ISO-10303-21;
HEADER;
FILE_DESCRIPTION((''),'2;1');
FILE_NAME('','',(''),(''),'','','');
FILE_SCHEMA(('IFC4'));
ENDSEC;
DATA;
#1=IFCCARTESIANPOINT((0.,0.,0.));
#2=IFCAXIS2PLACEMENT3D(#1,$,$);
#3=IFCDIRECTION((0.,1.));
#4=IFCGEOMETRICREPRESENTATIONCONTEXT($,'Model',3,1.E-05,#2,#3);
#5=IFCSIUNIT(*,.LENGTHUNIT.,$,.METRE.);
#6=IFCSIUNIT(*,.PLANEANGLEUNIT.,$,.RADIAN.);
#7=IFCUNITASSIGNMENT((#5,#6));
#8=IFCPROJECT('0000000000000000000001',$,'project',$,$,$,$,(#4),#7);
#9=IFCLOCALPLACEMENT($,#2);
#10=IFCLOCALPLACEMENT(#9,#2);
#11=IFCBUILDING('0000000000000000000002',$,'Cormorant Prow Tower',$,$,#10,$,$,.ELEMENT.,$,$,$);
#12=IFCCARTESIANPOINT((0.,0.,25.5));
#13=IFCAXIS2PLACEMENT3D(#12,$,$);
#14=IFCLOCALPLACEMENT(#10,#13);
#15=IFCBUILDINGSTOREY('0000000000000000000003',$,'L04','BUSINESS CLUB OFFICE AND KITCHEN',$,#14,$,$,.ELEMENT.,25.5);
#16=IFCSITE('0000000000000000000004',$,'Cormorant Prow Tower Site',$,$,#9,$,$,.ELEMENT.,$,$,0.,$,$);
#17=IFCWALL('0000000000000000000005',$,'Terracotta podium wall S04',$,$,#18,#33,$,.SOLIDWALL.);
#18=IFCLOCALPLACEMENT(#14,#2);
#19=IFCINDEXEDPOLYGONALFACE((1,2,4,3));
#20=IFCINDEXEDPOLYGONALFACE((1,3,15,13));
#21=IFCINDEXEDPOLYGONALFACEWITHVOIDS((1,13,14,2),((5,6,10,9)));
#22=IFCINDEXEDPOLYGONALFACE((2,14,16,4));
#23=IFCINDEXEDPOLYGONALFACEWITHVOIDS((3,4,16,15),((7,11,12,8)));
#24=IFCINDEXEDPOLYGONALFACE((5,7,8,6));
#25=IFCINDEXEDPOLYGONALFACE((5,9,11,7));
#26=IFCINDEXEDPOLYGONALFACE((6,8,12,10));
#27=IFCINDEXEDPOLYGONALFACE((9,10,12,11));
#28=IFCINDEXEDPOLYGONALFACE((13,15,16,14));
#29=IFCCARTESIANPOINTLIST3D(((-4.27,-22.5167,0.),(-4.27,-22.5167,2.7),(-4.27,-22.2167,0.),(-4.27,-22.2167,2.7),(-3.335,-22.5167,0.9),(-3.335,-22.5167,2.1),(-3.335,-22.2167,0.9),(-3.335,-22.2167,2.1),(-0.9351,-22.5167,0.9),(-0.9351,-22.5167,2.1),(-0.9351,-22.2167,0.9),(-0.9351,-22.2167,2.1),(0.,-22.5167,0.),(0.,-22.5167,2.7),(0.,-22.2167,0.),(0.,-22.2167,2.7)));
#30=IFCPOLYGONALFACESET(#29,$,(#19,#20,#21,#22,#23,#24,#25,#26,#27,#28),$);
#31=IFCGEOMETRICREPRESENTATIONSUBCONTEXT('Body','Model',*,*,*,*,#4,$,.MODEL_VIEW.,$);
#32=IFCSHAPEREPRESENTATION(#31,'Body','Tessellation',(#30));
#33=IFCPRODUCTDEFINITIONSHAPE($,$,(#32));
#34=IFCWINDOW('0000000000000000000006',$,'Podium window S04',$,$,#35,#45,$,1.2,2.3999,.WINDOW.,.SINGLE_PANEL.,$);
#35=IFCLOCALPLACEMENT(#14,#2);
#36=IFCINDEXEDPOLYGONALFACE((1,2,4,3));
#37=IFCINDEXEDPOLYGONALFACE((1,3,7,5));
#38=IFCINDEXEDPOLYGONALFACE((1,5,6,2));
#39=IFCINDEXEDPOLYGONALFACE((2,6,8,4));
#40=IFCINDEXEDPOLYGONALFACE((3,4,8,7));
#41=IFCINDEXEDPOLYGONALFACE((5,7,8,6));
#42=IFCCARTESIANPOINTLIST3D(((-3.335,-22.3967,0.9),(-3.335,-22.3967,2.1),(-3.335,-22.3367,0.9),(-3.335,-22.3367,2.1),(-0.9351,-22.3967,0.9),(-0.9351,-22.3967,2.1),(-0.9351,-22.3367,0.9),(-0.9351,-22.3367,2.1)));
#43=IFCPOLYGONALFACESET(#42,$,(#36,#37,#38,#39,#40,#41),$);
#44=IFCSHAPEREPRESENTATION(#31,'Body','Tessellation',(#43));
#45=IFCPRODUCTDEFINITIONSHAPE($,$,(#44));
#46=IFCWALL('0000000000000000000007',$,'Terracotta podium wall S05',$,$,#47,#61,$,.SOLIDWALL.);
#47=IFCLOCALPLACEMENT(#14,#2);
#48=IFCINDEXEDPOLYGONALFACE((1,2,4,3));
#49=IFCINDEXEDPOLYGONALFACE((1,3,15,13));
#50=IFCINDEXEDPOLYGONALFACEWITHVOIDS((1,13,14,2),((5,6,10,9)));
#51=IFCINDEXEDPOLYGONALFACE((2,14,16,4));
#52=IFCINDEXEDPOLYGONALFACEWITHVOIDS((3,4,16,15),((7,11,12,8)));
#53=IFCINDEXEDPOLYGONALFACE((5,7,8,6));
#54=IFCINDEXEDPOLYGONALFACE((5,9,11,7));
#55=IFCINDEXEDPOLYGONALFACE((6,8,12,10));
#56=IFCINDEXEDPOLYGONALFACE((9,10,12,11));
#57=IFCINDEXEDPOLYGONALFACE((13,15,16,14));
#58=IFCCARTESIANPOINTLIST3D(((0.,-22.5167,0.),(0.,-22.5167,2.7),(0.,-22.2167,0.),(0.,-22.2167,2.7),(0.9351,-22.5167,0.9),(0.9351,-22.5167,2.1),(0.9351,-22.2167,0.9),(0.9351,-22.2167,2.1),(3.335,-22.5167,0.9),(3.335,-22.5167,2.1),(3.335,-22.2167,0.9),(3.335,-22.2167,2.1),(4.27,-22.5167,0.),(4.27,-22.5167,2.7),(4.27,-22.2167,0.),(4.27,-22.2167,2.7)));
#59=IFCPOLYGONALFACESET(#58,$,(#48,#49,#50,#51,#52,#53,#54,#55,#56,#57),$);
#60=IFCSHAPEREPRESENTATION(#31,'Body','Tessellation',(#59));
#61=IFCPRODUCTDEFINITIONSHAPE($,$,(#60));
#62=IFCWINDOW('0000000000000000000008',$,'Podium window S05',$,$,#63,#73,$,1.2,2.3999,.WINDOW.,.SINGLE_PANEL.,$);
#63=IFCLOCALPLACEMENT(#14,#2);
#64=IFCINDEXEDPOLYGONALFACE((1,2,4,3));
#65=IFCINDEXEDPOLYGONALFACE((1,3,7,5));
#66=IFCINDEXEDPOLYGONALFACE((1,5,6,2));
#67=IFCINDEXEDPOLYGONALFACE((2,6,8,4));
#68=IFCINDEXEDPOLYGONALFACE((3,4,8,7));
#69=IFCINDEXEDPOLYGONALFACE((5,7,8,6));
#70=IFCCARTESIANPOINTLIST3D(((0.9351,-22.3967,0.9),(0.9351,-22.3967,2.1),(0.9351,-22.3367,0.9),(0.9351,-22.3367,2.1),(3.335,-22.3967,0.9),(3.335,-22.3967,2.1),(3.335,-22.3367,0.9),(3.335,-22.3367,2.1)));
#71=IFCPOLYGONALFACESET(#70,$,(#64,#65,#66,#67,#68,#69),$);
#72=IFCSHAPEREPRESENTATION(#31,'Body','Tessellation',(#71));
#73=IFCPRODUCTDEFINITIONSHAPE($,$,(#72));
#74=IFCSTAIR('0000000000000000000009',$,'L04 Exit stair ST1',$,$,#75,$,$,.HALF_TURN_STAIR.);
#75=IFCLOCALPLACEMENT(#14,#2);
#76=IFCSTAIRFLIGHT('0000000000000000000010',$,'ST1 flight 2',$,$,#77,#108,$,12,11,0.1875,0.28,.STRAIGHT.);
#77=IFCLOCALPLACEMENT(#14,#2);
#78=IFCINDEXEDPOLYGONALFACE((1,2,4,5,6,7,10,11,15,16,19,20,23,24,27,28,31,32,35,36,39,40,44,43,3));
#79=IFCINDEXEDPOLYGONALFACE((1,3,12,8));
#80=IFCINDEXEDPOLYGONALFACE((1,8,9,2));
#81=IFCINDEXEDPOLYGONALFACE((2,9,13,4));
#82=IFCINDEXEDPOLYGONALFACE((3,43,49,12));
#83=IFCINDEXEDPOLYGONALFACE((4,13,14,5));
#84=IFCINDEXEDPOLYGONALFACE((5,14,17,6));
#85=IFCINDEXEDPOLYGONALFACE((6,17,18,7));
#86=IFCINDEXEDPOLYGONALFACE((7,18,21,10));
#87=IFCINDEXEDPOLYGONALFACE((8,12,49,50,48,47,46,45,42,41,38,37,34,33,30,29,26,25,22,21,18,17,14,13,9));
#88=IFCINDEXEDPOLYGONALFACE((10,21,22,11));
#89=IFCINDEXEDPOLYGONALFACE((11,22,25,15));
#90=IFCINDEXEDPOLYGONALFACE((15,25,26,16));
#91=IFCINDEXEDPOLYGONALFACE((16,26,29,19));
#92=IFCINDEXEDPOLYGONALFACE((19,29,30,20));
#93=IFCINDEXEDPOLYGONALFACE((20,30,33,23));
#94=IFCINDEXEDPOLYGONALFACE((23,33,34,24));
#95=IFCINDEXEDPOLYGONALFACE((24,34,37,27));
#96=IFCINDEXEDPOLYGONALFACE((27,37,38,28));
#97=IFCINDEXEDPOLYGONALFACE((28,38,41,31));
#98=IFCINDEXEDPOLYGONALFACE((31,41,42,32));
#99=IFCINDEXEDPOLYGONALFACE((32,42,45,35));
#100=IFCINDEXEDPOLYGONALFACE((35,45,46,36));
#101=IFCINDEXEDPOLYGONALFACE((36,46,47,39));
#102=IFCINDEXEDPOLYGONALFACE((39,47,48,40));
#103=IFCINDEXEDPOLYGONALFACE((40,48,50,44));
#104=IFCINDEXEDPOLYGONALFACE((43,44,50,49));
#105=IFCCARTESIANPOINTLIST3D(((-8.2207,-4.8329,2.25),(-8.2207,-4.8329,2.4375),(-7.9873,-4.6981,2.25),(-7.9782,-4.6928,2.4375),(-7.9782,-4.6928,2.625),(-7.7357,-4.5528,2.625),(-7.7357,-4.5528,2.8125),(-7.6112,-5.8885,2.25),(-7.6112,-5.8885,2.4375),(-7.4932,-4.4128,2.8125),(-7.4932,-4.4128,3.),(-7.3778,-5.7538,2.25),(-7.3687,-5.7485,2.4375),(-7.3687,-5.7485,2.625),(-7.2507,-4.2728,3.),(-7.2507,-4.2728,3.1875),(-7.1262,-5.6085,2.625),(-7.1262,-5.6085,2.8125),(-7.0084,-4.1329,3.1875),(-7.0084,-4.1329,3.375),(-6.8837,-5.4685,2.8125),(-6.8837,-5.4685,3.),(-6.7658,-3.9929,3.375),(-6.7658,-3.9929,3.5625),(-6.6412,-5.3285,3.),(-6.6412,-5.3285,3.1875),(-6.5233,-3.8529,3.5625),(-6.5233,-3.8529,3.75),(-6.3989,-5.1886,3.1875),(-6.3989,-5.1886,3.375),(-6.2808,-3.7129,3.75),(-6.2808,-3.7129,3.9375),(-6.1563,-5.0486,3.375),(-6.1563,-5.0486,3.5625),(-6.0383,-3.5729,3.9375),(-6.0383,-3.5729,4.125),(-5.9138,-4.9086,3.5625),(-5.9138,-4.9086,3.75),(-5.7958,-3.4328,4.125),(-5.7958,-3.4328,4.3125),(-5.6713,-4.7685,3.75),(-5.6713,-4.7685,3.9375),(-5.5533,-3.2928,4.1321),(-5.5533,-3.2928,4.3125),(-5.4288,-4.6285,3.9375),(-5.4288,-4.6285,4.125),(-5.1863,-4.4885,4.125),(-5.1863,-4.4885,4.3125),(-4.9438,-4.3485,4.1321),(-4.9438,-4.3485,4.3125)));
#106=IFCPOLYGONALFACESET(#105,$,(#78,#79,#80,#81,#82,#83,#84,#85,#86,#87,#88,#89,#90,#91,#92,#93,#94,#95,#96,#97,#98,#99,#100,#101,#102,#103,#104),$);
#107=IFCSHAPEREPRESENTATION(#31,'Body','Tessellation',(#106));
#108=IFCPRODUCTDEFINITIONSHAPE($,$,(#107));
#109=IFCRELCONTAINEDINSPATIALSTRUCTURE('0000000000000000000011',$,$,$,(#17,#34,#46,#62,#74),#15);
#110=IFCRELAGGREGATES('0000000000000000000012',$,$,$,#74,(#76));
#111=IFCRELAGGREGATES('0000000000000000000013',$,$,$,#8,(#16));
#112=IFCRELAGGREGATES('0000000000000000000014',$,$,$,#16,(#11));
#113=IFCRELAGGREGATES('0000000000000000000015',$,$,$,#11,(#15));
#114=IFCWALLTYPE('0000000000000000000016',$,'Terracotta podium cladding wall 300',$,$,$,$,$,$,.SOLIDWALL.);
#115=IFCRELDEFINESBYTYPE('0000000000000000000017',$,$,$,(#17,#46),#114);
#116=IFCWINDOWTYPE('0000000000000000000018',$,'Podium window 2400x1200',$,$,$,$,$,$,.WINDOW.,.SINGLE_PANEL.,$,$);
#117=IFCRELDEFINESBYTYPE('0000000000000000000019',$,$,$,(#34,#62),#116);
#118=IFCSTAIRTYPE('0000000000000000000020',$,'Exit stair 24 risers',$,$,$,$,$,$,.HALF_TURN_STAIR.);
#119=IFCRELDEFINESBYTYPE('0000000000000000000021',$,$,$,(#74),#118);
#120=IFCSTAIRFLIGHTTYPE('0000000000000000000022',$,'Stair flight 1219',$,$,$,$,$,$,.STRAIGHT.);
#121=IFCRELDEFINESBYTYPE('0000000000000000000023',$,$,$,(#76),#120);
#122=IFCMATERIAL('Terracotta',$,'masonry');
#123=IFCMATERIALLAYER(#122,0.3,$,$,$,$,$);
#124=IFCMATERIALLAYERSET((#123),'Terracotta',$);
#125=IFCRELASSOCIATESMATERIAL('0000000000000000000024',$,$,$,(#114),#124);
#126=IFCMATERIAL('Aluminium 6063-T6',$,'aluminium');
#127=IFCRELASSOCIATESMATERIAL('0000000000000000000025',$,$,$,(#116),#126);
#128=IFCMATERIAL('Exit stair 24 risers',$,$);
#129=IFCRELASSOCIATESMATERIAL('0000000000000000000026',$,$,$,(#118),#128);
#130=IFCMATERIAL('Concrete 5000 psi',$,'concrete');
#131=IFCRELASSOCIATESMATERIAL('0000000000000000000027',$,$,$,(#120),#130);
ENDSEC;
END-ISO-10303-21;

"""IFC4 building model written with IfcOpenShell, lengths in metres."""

from ifc_helpers import new_model, si_unit, direction, frame, frame_2d, origin, place, context, subcontext, project, spatial, polyline, rectangle, outline, extrude, material, layer, layer_set, type_object, element, fill, aggregate, save


model = new_model("IFC4")

# Units and contexts
model_context = context("Model", 3, precision=1e-05, world=origin(), true_north=direction((0.0, 1.0)))
body_context = subcontext(model_context, "Body", "Model", "MODEL_VIEW")
ifc_project = project(units=[si_unit("LENGTHUNIT", "METRE"), si_unit("PLANEANGLEUNIT", "RADIAN")], contexts=[model_context])

# Site, building, storey
site_placement = place(None, origin())
site = spatial("IfcSite", under=ifc_project, at=site_placement, Name="Cormorant Prow Tower Site", CompositionType="ELEMENT", RefElevation=0.0)
building_placement = place(site_placement, origin())
building = spatial("IfcBuilding", under=site, at=building_placement, Name="Cormorant Prow Tower", CompositionType="ELEMENT")
storey_placement = place(building_placement, frame((0.0, 0.0, 25.5)))
storey = spatial("IfcBuildingStorey", under=building, at=storey_placement, Name="L04", Description="BUSINESS CLUB OFFICE AND KITCHEN", CompositionType="ELEMENT", Elevation=25.5)

# Walls, openings, windows
ifc_material_1 = material(Name="Terracotta", Category="masonry")
ifc_layer_1 = layer(ifc_material_1, 0.3)
ifc_layer_set_1 = layer_set([ifc_layer_1], Name="Terracotta")
wall_type_1 = type_object("IfcWallType", Name="Terracotta podium cladding wall 300", PredefinedType="SOLIDWALL", material=ifc_layer_set_1)
ifc_material_2 = material(Name="Aluminium 6063-T6", Category="aluminium")
window_type = type_object("IfcWindowType", Name="Podium window 2400x1200", PartitioningType="SINGLE_PANEL", PredefinedType="WINDOW", material=ifc_material_2)
wall_1_placement = place(storey_placement, frame((-4.27, -22.3667, 0.0), z_axis=(0.0, 0.0, 1.0), x_axis=(1.0, 0.0, 0.0)))
wall_1 = element("IfcWall", 1, at=wall_1_placement, inside=storey, type_object=wall_type_1, Name="Terracotta podium wall S04", PredefinedType="SOLIDWALL", context=body_context, shape_type="SweptSolid", body=[
    extrude(rectangle(XDim=4.27, YDim=0.3, at=frame_2d((2.135, 0.0))), origin(), (0.0, 0.0, 1.0), 2.7),
])
opening_1_placement = place(wall_1_placement, frame((0.9351, 0.0, 0.8999)))
opening_1 = element("IfcOpeningElement", 2, at=opening_1_placement, cuts=wall_1, PredefinedType="OPENING", context=body_context, shape_type="SweptSolid", body=[
    extrude(rectangle(XDim=2.3999, YDim=1.2, at=frame_2d((1.2, 0.6001))), frame((0.0, 0.1599, 0.0), z_axis=(0.0, -1.0, 0.0), x_axis=(1.0, 0.0, 0.0)), (0.0, 0.0, 1.0), 0.3201),
])
window_1_placement = place(opening_1_placement, origin())
window_1 = element("IfcWindow", 3, at=window_1_placement, inside=storey, type_object=window_type, Name="Podium window S04", OverallHeight=1.2, OverallWidth=2.3999, PartitioningType="SINGLE_PANEL", PredefinedType="WINDOW", context=body_context, shape_type="SweptSolid", body=[
    extrude(rectangle(XDim=2.3999, YDim=1.2, at=frame_2d((1.2, 0.6001))), frame((0.0, 0.03, 0.0), z_axis=(0.0, -1.0, 0.0), x_axis=(1.0, 0.0, 0.0)), (0.0, 0.0, 1.0), 0.0601),
])
fill(opening_1, window_1)
wall_2_placement = place(storey_placement, frame((0.0, -22.3667, 0.0), z_axis=(0.0, 0.0, 1.0), x_axis=(1.0, 0.0, 0.0)))
wall_2 = element("IfcWall", 4, at=wall_2_placement, inside=storey, type_object=wall_type_1, Name="Terracotta podium wall S05", PredefinedType="SOLIDWALL", context=body_context, shape_type="SweptSolid", body=[
    extrude(rectangle(XDim=4.27, YDim=0.3, at=frame_2d((2.135, 0.0))), origin(), (0.0, 0.0, 1.0), 2.7),
])
opening_2_placement = place(wall_2_placement, frame((0.9351, 0.0, 0.8999)))
opening_2 = element("IfcOpeningElement", 5, at=opening_2_placement, cuts=wall_2, PredefinedType="OPENING", context=body_context, shape_type="SweptSolid", body=[
    extrude(rectangle(XDim=2.3999, YDim=1.2, at=frame_2d((1.2, 0.6001))), frame((0.0, 0.1599, 0.0), z_axis=(0.0, -1.0, 0.0), x_axis=(1.0, 0.0, 0.0)), (0.0, 0.0, 1.0), 0.3201),
])
window_2_placement = place(opening_2_placement, origin())
window_2 = element("IfcWindow", 6, at=window_2_placement, inside=storey, type_object=window_type, Name="Podium window S05", OverallHeight=1.2, OverallWidth=2.3999, PartitioningType="SINGLE_PANEL", PredefinedType="WINDOW", context=body_context, shape_type="SweptSolid", body=[
    extrude(rectangle(XDim=2.3999, YDim=1.2, at=frame_2d((1.2, 0.6001))), frame((0.0, 0.03, 0.0), z_axis=(0.0, -1.0, 0.0), x_axis=(1.0, 0.0, 0.0)), (0.0, 0.0, 1.0), 0.0601),
])
fill(opening_2, window_2)

# Stair, stair flight
ifc_material_3 = material(Name="Exit stair 24 risers")
stair_type = type_object("IfcStairType", Name="Exit stair 24 risers", PredefinedType="HALF_TURN_STAIR", material=ifc_material_3)
stair_placement = place(storey_placement, origin())
stair = element("IfcStair", 7, at=stair_placement, inside=storey, type_object=stair_type, Name="L04 Exit stair ST1", PredefinedType="HALF_TURN_STAIR")
ifc_material_4 = material(Name="Concrete 5000 psi", Category="concrete")
stair_flight_type = type_object("IfcStairFlightType", Name="Stair flight 1219", PredefinedType="STRAIGHT", material=ifc_material_4)
stair_flight_placement = place(storey_placement, frame((-7.916, -5.3606, 2.25), z_axis=(0.0, 0.0, 1.0), x_axis=(0.866025, 0.5, 0.0)))
stair_flight = element("IfcStairFlight", 8, at=stair_flight_placement, type_object=stair_flight_type, Name="ST1 flight 2", NumberOfRisers=12, NumberOfTreads=11, PredefinedType="STRAIGHT", RiserHeight=0.1875, TreadLength=0.28, context=body_context, shape_type="SweptSolid", body=[
    extrude(outline(polyline([(0.0, 0.0), (0.0, 0.1875), (0.28, 0.1875), (0.28, 0.375), (0.5601, 0.375), (0.5601, 0.5625), (0.8401, 0.5625), (0.8401, 0.75), (1.1201, 0.75), (1.1201, 0.9375), (1.3999, 0.9375), (1.3999, 1.125), (1.6799, 1.125), (1.6799, 1.3125), (1.96, 1.3125), (1.96, 1.5), (2.24, 1.5), (2.24, 1.6875), (2.52, 1.6875), (2.52, 1.875), (2.8, 1.875), (2.8, 2.0625), (3.0801, 2.0625), (3.0801, 2.25), (3.0801, 1.8821), (0.2695, 0.0), (0.0, 0.0)])), frame((0.0, 0.6094, 0.0), z_axis=(0.0, -1.0, 0.0), x_axis=(1.0, 0.0, 0.0)), (0.0, 0.0, 1.0), 1.219),
])
aggregate(stair, [stair_flight])

save(model, "model.ifc")
